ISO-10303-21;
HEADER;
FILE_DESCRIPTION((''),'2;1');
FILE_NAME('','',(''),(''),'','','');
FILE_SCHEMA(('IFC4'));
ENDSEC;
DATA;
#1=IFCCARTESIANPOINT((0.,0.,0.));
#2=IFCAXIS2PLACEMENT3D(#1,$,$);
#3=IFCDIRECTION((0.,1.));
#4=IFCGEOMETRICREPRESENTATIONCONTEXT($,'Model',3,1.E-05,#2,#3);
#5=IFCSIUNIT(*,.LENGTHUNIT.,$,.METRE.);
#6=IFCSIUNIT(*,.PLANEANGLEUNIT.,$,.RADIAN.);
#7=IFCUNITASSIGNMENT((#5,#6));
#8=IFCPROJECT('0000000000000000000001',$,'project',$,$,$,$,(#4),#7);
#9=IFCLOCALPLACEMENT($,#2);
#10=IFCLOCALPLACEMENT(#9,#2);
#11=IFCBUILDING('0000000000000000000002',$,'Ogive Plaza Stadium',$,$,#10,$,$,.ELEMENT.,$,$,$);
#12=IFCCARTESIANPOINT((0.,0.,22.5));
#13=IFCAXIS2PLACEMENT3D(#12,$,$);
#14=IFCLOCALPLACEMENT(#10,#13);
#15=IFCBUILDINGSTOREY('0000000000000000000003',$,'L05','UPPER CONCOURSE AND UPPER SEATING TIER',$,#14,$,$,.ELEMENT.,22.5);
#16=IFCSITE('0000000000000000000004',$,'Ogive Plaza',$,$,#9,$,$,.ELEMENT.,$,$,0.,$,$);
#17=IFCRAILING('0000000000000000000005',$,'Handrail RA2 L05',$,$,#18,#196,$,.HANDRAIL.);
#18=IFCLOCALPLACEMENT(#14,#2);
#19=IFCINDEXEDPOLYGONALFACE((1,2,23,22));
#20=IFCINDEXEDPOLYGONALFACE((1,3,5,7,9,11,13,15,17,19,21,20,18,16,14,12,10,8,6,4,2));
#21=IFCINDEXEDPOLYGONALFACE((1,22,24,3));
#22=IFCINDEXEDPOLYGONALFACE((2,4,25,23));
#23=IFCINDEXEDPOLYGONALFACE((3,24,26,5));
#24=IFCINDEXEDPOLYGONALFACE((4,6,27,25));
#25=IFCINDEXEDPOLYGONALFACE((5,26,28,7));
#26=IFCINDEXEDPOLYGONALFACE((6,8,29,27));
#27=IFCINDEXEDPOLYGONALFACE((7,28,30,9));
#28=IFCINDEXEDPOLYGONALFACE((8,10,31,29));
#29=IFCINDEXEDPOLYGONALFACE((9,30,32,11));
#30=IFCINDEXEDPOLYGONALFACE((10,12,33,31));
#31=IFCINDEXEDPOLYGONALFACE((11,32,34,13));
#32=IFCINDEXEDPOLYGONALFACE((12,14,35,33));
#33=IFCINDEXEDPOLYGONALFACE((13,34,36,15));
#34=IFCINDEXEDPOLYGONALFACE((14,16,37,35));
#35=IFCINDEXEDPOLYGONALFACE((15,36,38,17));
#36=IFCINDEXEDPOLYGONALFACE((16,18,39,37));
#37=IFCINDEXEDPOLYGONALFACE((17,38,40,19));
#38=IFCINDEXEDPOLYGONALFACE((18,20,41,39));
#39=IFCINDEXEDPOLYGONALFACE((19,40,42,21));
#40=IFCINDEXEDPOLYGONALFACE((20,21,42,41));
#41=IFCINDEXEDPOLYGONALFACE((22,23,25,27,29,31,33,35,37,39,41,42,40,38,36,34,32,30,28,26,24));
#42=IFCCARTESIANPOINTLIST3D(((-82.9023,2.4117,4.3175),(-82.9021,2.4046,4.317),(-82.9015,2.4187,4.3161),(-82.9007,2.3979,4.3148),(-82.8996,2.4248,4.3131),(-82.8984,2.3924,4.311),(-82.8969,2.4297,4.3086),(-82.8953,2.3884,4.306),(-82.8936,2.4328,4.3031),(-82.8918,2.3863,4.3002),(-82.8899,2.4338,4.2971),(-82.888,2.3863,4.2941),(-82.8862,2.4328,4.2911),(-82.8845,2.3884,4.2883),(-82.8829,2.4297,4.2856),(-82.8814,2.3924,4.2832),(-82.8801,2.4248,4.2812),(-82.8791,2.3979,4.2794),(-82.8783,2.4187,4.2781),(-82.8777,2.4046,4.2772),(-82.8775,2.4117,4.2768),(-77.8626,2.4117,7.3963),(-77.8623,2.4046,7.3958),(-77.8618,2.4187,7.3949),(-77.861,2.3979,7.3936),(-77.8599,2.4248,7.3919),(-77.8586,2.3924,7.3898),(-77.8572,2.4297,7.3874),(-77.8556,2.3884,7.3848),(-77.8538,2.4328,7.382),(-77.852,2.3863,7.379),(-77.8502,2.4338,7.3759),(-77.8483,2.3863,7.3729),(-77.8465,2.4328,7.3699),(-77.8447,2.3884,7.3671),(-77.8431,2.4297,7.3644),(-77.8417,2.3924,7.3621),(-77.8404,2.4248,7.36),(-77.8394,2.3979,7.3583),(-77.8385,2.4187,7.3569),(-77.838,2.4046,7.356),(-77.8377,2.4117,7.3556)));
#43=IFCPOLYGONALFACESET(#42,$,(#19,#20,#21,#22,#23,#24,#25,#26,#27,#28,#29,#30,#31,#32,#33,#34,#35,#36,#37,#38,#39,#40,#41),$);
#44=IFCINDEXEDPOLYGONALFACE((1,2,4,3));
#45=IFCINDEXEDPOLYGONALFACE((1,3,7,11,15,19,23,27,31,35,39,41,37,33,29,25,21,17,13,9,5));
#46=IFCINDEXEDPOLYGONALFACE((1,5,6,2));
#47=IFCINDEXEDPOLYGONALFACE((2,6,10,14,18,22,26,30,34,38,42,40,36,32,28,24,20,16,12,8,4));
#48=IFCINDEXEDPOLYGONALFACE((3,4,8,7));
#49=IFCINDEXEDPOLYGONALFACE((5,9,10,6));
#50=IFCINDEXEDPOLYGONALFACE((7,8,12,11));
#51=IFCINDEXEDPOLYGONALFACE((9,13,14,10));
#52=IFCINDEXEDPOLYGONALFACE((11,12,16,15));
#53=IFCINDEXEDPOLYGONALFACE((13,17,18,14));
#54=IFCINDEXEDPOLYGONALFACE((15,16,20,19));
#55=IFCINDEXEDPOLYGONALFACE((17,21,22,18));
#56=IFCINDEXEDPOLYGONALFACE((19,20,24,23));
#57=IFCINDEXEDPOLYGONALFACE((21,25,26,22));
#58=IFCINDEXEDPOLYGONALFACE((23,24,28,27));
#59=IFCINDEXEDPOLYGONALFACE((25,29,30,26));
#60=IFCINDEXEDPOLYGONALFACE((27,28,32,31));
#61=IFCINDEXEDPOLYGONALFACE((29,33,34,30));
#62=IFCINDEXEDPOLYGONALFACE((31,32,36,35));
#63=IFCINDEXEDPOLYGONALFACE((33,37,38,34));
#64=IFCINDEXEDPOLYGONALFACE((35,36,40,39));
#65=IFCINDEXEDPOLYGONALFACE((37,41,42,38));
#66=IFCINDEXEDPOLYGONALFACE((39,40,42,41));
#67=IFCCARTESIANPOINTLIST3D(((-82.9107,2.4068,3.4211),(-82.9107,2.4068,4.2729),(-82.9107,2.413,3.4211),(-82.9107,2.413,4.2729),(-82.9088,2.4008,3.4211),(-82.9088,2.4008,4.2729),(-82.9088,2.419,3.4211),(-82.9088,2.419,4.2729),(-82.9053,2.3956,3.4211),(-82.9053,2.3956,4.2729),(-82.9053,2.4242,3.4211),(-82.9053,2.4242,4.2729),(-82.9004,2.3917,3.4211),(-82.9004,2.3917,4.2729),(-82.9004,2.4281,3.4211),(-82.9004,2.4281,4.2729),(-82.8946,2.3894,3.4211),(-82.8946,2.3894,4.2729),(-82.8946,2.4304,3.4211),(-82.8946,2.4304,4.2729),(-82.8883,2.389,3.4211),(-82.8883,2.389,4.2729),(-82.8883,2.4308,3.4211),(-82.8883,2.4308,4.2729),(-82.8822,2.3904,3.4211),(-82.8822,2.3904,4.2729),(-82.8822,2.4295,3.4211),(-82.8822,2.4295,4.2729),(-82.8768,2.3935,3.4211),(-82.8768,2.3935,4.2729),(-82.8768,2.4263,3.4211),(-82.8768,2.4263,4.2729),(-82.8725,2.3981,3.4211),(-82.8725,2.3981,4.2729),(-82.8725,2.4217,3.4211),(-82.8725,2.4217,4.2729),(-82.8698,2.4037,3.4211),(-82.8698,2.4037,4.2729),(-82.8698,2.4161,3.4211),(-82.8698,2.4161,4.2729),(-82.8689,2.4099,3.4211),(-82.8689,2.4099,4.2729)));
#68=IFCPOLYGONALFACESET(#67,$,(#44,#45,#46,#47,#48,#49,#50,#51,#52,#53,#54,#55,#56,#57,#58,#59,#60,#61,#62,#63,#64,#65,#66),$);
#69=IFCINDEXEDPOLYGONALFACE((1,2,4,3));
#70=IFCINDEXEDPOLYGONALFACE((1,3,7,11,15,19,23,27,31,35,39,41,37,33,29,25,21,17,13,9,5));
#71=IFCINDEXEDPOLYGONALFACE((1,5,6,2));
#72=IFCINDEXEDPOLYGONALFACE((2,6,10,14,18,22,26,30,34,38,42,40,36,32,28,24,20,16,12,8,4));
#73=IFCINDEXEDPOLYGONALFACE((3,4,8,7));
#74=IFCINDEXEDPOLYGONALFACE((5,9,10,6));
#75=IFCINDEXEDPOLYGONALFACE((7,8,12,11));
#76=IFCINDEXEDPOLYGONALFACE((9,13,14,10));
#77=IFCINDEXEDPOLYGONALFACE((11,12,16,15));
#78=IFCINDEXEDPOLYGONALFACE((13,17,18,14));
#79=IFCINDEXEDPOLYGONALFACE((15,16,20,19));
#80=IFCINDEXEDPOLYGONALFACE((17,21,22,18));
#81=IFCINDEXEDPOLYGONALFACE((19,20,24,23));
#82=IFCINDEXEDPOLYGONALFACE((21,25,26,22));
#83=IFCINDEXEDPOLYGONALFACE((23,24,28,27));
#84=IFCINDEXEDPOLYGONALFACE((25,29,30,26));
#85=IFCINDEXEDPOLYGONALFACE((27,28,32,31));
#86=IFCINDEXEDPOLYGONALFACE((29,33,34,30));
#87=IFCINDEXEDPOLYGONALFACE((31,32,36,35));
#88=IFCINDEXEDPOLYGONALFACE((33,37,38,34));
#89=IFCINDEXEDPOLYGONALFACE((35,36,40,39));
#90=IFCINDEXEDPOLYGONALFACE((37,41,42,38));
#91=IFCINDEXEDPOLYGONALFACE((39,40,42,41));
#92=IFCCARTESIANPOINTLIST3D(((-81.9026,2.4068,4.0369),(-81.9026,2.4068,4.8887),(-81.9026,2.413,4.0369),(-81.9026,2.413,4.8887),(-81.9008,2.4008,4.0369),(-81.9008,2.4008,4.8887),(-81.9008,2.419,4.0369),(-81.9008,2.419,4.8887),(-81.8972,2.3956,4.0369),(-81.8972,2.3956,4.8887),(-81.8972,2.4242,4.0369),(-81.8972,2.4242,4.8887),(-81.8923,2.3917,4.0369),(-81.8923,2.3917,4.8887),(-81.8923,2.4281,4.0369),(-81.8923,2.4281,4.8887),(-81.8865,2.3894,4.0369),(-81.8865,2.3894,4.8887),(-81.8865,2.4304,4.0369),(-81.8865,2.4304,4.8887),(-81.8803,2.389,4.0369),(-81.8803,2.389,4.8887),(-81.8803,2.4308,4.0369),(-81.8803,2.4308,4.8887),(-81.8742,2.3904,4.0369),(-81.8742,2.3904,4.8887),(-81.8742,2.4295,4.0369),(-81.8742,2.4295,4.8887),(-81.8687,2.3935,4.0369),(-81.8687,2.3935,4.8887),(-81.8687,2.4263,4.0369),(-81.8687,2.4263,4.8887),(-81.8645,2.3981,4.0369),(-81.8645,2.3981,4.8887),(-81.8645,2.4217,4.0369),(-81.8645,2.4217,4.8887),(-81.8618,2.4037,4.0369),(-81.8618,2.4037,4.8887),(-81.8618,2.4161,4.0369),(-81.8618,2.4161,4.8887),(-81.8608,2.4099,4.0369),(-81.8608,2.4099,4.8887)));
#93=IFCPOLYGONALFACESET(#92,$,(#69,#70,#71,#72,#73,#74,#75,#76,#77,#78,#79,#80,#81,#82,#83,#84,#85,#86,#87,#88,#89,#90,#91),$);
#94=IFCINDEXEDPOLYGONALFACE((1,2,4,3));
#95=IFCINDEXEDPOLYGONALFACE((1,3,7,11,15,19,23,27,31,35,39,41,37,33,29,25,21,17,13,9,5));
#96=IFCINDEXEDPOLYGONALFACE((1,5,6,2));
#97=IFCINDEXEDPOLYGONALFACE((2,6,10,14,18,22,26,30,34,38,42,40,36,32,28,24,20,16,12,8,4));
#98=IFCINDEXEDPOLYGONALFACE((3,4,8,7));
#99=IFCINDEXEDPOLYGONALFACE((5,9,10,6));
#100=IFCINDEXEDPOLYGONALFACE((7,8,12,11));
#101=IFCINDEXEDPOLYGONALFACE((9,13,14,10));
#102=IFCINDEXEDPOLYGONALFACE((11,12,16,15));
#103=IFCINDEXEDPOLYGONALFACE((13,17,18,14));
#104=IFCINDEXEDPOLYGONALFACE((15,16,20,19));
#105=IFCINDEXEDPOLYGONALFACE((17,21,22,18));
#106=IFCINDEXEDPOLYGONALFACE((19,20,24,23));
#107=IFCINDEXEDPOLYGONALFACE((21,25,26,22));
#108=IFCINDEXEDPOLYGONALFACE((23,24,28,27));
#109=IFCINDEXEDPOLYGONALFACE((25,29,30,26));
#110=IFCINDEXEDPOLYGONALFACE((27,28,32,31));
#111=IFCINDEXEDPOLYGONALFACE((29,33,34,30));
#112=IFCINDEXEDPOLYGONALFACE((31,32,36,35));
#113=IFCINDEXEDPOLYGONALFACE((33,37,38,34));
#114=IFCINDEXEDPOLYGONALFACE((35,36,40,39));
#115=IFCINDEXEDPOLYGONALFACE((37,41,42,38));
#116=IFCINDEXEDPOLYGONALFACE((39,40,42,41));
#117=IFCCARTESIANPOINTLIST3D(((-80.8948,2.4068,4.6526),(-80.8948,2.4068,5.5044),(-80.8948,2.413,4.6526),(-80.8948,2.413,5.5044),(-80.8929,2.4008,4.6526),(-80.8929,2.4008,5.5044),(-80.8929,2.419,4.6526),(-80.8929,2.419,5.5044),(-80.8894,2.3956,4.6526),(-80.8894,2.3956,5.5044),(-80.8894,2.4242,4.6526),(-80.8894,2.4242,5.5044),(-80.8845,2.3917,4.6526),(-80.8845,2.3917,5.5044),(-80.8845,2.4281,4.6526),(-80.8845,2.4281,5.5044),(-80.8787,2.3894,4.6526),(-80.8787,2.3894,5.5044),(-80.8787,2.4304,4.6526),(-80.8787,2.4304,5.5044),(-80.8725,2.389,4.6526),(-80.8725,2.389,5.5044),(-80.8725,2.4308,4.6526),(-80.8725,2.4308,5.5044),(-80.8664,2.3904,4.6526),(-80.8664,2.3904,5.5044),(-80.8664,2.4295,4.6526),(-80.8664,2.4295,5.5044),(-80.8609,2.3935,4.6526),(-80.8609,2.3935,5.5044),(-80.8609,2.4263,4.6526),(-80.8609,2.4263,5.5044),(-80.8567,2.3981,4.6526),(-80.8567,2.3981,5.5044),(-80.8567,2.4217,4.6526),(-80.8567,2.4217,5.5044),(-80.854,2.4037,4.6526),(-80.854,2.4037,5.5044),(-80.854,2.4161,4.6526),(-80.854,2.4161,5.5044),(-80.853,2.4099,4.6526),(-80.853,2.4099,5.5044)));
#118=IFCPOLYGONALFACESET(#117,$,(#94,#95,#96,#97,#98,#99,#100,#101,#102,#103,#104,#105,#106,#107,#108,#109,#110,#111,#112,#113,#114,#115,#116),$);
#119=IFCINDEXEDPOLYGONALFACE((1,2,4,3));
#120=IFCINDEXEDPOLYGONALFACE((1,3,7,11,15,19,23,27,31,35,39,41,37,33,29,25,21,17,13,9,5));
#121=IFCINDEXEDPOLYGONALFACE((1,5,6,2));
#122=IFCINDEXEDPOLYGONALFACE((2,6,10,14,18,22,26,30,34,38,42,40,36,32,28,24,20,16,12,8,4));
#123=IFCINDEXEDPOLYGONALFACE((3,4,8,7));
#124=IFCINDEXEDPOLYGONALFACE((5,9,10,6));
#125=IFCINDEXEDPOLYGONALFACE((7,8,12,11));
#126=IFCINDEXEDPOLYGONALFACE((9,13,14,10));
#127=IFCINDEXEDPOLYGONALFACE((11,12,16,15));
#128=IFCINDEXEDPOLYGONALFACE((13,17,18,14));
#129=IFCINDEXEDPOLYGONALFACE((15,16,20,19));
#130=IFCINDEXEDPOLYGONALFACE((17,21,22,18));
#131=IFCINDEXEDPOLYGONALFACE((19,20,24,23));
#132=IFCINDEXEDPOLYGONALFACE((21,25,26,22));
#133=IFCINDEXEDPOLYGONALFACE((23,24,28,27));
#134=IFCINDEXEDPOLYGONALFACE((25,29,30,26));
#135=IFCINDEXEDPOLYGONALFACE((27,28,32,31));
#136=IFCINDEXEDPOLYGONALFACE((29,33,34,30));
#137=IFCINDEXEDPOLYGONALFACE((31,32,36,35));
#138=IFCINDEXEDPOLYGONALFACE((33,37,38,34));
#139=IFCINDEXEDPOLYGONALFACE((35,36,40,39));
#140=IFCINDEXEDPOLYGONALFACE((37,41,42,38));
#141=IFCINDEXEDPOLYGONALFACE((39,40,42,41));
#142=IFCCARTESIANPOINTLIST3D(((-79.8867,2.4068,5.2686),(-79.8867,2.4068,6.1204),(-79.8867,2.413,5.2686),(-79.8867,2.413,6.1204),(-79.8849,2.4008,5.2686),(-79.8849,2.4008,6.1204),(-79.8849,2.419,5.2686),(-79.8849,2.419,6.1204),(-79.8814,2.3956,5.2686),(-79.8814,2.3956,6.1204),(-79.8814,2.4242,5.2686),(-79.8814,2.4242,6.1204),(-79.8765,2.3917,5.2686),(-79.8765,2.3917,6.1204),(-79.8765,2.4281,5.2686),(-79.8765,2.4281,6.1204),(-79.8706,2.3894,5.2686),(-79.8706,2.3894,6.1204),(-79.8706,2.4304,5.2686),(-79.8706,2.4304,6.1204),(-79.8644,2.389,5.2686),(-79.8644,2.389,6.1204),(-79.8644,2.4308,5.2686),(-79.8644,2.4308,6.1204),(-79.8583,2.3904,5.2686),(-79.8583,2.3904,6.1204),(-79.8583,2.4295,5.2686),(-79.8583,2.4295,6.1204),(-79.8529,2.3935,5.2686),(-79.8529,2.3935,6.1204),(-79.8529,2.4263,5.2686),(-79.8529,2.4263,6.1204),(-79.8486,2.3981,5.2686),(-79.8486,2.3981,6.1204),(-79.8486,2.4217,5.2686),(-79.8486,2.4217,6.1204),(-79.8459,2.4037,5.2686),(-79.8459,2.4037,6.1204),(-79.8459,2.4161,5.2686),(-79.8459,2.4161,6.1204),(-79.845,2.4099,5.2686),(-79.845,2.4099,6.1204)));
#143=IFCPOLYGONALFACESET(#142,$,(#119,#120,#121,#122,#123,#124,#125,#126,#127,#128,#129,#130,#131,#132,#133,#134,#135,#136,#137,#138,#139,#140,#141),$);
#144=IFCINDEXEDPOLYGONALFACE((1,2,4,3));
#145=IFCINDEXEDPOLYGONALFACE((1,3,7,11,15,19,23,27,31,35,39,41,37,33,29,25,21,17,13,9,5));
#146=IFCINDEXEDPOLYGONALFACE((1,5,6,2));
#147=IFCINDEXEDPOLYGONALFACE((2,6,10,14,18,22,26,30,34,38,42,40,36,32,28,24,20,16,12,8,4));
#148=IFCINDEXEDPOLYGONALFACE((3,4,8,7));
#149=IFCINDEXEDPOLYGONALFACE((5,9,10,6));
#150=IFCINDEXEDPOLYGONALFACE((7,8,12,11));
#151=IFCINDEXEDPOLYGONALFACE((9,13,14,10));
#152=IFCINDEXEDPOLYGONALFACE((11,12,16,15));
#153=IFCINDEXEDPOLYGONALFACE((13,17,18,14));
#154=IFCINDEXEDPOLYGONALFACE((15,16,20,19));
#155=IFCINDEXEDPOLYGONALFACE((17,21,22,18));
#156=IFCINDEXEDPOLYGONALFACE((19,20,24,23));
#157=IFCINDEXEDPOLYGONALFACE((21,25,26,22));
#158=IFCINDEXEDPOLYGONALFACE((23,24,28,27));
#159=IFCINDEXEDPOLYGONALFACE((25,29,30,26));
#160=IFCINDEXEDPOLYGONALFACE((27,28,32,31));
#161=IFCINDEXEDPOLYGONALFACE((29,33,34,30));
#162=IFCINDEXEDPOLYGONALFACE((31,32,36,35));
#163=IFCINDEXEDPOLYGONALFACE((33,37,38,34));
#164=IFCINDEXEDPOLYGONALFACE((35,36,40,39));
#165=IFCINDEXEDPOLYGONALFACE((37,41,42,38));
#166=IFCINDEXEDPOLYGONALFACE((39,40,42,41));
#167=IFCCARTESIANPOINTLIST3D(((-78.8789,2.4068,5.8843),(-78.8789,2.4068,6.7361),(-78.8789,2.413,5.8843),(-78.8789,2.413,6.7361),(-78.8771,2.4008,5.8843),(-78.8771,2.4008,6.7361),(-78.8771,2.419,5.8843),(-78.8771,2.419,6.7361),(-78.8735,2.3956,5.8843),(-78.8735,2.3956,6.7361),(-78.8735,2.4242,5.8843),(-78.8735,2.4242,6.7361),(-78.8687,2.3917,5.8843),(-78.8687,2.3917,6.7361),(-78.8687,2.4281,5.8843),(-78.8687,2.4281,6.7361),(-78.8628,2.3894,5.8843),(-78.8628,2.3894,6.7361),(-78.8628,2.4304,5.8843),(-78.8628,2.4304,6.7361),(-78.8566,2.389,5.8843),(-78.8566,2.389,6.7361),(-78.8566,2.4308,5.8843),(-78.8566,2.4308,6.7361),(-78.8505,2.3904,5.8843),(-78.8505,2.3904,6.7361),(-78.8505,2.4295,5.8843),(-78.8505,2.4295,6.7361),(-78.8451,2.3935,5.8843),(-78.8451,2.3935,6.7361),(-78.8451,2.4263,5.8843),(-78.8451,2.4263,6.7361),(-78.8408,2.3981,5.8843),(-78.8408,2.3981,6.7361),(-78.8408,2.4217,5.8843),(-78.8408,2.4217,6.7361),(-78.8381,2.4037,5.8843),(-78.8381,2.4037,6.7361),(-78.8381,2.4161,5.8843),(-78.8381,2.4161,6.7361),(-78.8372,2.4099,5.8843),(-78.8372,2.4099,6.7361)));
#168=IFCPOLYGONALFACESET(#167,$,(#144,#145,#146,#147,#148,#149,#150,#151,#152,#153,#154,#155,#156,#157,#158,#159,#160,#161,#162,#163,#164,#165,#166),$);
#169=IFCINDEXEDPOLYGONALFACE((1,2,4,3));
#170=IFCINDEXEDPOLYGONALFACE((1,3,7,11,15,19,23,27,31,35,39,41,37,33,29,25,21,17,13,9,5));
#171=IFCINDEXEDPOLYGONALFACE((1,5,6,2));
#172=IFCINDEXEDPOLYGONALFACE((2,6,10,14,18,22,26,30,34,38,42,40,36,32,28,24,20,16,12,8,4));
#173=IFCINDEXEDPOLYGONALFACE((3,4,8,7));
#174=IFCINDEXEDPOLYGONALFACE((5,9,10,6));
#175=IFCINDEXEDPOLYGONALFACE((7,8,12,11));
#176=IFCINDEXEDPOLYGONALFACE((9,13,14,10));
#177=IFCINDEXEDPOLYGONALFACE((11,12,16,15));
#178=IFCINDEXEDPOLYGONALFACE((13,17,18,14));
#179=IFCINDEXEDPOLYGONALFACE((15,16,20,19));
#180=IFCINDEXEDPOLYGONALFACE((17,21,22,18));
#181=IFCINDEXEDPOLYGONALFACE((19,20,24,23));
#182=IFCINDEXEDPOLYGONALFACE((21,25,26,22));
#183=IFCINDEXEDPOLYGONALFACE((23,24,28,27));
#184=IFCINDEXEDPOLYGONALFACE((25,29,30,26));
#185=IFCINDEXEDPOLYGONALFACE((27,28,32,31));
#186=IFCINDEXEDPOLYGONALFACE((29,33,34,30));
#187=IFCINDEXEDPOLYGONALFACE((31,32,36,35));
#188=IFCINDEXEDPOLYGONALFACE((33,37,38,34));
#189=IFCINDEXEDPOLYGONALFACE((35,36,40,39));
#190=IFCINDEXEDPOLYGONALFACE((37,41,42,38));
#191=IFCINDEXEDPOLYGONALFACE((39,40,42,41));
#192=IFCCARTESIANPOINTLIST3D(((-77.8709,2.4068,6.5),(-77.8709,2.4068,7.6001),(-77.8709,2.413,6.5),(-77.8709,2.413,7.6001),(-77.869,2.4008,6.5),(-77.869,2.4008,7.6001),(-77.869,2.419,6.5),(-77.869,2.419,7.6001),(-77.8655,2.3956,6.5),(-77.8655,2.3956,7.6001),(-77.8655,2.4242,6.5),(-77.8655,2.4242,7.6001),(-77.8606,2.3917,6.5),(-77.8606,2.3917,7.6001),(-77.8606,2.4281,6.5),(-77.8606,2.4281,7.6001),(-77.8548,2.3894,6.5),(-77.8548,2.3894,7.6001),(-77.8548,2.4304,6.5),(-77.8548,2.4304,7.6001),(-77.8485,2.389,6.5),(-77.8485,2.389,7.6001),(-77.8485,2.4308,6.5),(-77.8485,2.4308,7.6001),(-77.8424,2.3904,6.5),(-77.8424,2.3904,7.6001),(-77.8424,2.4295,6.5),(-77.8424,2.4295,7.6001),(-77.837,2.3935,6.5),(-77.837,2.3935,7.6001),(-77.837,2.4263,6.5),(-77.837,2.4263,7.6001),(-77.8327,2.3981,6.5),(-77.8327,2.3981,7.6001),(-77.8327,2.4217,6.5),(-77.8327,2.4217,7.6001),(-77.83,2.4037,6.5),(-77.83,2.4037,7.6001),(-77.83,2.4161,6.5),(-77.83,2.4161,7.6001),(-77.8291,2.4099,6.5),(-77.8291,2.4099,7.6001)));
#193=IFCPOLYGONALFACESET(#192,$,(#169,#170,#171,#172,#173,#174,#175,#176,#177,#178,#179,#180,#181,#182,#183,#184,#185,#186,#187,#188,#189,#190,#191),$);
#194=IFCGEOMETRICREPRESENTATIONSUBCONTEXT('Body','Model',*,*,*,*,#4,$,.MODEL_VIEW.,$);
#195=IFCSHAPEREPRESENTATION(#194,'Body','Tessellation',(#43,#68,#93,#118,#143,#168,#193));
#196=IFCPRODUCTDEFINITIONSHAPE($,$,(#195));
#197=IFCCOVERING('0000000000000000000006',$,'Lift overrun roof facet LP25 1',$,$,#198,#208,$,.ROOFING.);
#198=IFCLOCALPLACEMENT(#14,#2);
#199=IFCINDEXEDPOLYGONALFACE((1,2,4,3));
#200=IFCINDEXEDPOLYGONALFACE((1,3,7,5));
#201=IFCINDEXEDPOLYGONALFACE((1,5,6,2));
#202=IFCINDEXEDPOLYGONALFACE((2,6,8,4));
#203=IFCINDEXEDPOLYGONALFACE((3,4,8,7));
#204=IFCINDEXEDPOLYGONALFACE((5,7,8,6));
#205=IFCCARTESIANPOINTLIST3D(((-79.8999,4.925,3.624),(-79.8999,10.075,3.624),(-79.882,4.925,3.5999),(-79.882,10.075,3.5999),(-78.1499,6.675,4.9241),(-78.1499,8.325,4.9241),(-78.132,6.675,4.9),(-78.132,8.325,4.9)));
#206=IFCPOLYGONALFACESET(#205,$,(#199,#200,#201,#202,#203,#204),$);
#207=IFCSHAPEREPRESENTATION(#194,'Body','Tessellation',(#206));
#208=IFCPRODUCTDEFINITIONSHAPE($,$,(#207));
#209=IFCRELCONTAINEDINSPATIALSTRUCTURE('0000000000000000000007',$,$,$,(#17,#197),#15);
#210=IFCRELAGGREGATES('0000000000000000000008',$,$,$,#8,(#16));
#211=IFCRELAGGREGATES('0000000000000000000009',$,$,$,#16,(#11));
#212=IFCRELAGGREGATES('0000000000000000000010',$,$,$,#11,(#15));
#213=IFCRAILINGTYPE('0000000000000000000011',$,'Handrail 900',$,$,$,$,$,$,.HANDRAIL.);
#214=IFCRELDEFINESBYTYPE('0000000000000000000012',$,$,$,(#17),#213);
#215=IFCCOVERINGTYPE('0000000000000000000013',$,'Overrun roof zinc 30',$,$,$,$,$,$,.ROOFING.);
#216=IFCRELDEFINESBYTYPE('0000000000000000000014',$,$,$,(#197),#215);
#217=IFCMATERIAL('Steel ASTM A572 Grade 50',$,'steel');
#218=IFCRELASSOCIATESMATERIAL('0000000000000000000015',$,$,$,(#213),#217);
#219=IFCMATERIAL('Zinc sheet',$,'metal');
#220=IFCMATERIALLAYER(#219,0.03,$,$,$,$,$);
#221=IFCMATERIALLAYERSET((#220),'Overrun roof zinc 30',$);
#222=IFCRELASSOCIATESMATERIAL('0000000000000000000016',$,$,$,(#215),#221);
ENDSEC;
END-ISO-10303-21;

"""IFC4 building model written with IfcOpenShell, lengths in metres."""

from ifc_helpers import new_model, si_unit, direction, frame, origin, origin_2d, place, context, subcontext, project, spatial, polyline, circle, outline, extrude, material, layer, layer_set, type_object, element, save


model = new_model("IFC4")

# Units and contexts
model_context = context("Model", 3, precision=1e-05, world=origin(), true_north=direction((0.0, 1.0)))
body_context = subcontext(model_context, "Body", "Model", "MODEL_VIEW")
ifc_project = project(units=[si_unit("LENGTHUNIT", "METRE"), si_unit("PLANEANGLEUNIT", "RADIAN")], contexts=[model_context])

# Site, building, storey
site_placement = place(None, origin())
site = spatial("IfcSite", under=ifc_project, at=site_placement, Name="Ogive Plaza", CompositionType="ELEMENT", RefElevation=0.0)
building_placement = place(site_placement, origin())
building = spatial("IfcBuilding", under=site, at=building_placement, Name="Ogive Plaza Stadium", CompositionType="ELEMENT")
storey_placement = place(building_placement, frame((0.0, 0.0, 22.5)))
storey = spatial("IfcBuildingStorey", under=building, at=storey_placement, Name="L05", Description="UPPER CONCOURSE AND UPPER SEATING TIER", CompositionType="ELEMENT", Elevation=22.5)

# Railing
ifc_material_1 = material(Name="Steel ASTM A572 Grade 50", Category="steel")
railing_type_1 = type_object("IfcRailingType", Name="Handrail 900", PredefinedType="HANDRAIL", material=ifc_material_1)
for number, where, name in (
    (1, (-82.8899, 2.4099, 3.4211), "Handrail RA2 L05"),
):
    element("IfcRailing", number, at=place(storey_placement, frame(where)), inside=storey, type_object=railing_type_1, Name=name, PredefinedType="HANDRAIL", context=body_context, shape_type="SweptSolid", body=[
        extrude(circle(Radius=0.0239, at=origin_2d()), frame((0.0, 0.0, 0.876), z_axis=(0.853358, 0.0, 0.521325), x_axis=(0.0, 1.0, 0.0)), (0.0, 0.0, 1.0), 5.9058),
        extrude(circle(Radius=0.021, at=origin_2d()), origin(), (0.0, 0.0, 1.0), 0.8518),
        extrude(circle(Radius=0.021, at=origin_2d()), frame((1.0081, 0.0, 0.6157)), (0.0, 0.0, 1.0), 0.8518),
        extrude(circle(Radius=0.021, at=origin_2d()), frame((2.0159, 0.0, 1.2314)), (0.0, 0.0, 1.0), 0.8518),
        extrude(circle(Radius=0.021, at=origin_2d()), frame((3.0239, 0.0, 1.8474)), (0.0, 0.0, 1.0), 0.8518),
        extrude(circle(Radius=0.021, at=origin_2d()), frame((4.0317, 0.0, 2.4631)), (0.0, 0.0, 1.0), 0.8518),
        extrude(circle(Radius=0.021, at=origin_2d()), frame((5.0398, 0.0, 3.0789)), (0.0, 0.0, 1.0), 1.1001),
    ])

# Covering
ifc_material_2 = material(Name="Zinc sheet", Category="metal")
ifc_layer_1 = layer(ifc_material_2, 0.03)
ifc_layer_set_1 = layer_set([ifc_layer_1], Name="Overrun roof zinc 30")
covering_type_1 = type_object("IfcCoveringType", Name="Overrun roof zinc 30", PredefinedType="ROOFING", material=ifc_layer_set_1)
covering_1_placement = place(storey_placement, frame((-79.8999, 10.075, 3.624), z_axis=(-0.596338, 0.0, 0.802733), x_axis=(0.0, -1.0, 0.0)))
element("IfcCovering", 2, at=covering_1_placement, inside=storey, type_object=covering_type_1, Name="Lift overrun roof facet LP25 1", PredefinedType="ROOFING", context=body_context, shape_type="SweptSolid", body=[
    extrude(outline(polyline([(0.0, 0.0), (5.1499, 0.0), (3.3999, 2.1801), (1.75, 2.1801), (0.0, 0.0)])), origin(), (0.0, 0.0, -1.0), 0.03),
])

save(model, "model.ifc")
